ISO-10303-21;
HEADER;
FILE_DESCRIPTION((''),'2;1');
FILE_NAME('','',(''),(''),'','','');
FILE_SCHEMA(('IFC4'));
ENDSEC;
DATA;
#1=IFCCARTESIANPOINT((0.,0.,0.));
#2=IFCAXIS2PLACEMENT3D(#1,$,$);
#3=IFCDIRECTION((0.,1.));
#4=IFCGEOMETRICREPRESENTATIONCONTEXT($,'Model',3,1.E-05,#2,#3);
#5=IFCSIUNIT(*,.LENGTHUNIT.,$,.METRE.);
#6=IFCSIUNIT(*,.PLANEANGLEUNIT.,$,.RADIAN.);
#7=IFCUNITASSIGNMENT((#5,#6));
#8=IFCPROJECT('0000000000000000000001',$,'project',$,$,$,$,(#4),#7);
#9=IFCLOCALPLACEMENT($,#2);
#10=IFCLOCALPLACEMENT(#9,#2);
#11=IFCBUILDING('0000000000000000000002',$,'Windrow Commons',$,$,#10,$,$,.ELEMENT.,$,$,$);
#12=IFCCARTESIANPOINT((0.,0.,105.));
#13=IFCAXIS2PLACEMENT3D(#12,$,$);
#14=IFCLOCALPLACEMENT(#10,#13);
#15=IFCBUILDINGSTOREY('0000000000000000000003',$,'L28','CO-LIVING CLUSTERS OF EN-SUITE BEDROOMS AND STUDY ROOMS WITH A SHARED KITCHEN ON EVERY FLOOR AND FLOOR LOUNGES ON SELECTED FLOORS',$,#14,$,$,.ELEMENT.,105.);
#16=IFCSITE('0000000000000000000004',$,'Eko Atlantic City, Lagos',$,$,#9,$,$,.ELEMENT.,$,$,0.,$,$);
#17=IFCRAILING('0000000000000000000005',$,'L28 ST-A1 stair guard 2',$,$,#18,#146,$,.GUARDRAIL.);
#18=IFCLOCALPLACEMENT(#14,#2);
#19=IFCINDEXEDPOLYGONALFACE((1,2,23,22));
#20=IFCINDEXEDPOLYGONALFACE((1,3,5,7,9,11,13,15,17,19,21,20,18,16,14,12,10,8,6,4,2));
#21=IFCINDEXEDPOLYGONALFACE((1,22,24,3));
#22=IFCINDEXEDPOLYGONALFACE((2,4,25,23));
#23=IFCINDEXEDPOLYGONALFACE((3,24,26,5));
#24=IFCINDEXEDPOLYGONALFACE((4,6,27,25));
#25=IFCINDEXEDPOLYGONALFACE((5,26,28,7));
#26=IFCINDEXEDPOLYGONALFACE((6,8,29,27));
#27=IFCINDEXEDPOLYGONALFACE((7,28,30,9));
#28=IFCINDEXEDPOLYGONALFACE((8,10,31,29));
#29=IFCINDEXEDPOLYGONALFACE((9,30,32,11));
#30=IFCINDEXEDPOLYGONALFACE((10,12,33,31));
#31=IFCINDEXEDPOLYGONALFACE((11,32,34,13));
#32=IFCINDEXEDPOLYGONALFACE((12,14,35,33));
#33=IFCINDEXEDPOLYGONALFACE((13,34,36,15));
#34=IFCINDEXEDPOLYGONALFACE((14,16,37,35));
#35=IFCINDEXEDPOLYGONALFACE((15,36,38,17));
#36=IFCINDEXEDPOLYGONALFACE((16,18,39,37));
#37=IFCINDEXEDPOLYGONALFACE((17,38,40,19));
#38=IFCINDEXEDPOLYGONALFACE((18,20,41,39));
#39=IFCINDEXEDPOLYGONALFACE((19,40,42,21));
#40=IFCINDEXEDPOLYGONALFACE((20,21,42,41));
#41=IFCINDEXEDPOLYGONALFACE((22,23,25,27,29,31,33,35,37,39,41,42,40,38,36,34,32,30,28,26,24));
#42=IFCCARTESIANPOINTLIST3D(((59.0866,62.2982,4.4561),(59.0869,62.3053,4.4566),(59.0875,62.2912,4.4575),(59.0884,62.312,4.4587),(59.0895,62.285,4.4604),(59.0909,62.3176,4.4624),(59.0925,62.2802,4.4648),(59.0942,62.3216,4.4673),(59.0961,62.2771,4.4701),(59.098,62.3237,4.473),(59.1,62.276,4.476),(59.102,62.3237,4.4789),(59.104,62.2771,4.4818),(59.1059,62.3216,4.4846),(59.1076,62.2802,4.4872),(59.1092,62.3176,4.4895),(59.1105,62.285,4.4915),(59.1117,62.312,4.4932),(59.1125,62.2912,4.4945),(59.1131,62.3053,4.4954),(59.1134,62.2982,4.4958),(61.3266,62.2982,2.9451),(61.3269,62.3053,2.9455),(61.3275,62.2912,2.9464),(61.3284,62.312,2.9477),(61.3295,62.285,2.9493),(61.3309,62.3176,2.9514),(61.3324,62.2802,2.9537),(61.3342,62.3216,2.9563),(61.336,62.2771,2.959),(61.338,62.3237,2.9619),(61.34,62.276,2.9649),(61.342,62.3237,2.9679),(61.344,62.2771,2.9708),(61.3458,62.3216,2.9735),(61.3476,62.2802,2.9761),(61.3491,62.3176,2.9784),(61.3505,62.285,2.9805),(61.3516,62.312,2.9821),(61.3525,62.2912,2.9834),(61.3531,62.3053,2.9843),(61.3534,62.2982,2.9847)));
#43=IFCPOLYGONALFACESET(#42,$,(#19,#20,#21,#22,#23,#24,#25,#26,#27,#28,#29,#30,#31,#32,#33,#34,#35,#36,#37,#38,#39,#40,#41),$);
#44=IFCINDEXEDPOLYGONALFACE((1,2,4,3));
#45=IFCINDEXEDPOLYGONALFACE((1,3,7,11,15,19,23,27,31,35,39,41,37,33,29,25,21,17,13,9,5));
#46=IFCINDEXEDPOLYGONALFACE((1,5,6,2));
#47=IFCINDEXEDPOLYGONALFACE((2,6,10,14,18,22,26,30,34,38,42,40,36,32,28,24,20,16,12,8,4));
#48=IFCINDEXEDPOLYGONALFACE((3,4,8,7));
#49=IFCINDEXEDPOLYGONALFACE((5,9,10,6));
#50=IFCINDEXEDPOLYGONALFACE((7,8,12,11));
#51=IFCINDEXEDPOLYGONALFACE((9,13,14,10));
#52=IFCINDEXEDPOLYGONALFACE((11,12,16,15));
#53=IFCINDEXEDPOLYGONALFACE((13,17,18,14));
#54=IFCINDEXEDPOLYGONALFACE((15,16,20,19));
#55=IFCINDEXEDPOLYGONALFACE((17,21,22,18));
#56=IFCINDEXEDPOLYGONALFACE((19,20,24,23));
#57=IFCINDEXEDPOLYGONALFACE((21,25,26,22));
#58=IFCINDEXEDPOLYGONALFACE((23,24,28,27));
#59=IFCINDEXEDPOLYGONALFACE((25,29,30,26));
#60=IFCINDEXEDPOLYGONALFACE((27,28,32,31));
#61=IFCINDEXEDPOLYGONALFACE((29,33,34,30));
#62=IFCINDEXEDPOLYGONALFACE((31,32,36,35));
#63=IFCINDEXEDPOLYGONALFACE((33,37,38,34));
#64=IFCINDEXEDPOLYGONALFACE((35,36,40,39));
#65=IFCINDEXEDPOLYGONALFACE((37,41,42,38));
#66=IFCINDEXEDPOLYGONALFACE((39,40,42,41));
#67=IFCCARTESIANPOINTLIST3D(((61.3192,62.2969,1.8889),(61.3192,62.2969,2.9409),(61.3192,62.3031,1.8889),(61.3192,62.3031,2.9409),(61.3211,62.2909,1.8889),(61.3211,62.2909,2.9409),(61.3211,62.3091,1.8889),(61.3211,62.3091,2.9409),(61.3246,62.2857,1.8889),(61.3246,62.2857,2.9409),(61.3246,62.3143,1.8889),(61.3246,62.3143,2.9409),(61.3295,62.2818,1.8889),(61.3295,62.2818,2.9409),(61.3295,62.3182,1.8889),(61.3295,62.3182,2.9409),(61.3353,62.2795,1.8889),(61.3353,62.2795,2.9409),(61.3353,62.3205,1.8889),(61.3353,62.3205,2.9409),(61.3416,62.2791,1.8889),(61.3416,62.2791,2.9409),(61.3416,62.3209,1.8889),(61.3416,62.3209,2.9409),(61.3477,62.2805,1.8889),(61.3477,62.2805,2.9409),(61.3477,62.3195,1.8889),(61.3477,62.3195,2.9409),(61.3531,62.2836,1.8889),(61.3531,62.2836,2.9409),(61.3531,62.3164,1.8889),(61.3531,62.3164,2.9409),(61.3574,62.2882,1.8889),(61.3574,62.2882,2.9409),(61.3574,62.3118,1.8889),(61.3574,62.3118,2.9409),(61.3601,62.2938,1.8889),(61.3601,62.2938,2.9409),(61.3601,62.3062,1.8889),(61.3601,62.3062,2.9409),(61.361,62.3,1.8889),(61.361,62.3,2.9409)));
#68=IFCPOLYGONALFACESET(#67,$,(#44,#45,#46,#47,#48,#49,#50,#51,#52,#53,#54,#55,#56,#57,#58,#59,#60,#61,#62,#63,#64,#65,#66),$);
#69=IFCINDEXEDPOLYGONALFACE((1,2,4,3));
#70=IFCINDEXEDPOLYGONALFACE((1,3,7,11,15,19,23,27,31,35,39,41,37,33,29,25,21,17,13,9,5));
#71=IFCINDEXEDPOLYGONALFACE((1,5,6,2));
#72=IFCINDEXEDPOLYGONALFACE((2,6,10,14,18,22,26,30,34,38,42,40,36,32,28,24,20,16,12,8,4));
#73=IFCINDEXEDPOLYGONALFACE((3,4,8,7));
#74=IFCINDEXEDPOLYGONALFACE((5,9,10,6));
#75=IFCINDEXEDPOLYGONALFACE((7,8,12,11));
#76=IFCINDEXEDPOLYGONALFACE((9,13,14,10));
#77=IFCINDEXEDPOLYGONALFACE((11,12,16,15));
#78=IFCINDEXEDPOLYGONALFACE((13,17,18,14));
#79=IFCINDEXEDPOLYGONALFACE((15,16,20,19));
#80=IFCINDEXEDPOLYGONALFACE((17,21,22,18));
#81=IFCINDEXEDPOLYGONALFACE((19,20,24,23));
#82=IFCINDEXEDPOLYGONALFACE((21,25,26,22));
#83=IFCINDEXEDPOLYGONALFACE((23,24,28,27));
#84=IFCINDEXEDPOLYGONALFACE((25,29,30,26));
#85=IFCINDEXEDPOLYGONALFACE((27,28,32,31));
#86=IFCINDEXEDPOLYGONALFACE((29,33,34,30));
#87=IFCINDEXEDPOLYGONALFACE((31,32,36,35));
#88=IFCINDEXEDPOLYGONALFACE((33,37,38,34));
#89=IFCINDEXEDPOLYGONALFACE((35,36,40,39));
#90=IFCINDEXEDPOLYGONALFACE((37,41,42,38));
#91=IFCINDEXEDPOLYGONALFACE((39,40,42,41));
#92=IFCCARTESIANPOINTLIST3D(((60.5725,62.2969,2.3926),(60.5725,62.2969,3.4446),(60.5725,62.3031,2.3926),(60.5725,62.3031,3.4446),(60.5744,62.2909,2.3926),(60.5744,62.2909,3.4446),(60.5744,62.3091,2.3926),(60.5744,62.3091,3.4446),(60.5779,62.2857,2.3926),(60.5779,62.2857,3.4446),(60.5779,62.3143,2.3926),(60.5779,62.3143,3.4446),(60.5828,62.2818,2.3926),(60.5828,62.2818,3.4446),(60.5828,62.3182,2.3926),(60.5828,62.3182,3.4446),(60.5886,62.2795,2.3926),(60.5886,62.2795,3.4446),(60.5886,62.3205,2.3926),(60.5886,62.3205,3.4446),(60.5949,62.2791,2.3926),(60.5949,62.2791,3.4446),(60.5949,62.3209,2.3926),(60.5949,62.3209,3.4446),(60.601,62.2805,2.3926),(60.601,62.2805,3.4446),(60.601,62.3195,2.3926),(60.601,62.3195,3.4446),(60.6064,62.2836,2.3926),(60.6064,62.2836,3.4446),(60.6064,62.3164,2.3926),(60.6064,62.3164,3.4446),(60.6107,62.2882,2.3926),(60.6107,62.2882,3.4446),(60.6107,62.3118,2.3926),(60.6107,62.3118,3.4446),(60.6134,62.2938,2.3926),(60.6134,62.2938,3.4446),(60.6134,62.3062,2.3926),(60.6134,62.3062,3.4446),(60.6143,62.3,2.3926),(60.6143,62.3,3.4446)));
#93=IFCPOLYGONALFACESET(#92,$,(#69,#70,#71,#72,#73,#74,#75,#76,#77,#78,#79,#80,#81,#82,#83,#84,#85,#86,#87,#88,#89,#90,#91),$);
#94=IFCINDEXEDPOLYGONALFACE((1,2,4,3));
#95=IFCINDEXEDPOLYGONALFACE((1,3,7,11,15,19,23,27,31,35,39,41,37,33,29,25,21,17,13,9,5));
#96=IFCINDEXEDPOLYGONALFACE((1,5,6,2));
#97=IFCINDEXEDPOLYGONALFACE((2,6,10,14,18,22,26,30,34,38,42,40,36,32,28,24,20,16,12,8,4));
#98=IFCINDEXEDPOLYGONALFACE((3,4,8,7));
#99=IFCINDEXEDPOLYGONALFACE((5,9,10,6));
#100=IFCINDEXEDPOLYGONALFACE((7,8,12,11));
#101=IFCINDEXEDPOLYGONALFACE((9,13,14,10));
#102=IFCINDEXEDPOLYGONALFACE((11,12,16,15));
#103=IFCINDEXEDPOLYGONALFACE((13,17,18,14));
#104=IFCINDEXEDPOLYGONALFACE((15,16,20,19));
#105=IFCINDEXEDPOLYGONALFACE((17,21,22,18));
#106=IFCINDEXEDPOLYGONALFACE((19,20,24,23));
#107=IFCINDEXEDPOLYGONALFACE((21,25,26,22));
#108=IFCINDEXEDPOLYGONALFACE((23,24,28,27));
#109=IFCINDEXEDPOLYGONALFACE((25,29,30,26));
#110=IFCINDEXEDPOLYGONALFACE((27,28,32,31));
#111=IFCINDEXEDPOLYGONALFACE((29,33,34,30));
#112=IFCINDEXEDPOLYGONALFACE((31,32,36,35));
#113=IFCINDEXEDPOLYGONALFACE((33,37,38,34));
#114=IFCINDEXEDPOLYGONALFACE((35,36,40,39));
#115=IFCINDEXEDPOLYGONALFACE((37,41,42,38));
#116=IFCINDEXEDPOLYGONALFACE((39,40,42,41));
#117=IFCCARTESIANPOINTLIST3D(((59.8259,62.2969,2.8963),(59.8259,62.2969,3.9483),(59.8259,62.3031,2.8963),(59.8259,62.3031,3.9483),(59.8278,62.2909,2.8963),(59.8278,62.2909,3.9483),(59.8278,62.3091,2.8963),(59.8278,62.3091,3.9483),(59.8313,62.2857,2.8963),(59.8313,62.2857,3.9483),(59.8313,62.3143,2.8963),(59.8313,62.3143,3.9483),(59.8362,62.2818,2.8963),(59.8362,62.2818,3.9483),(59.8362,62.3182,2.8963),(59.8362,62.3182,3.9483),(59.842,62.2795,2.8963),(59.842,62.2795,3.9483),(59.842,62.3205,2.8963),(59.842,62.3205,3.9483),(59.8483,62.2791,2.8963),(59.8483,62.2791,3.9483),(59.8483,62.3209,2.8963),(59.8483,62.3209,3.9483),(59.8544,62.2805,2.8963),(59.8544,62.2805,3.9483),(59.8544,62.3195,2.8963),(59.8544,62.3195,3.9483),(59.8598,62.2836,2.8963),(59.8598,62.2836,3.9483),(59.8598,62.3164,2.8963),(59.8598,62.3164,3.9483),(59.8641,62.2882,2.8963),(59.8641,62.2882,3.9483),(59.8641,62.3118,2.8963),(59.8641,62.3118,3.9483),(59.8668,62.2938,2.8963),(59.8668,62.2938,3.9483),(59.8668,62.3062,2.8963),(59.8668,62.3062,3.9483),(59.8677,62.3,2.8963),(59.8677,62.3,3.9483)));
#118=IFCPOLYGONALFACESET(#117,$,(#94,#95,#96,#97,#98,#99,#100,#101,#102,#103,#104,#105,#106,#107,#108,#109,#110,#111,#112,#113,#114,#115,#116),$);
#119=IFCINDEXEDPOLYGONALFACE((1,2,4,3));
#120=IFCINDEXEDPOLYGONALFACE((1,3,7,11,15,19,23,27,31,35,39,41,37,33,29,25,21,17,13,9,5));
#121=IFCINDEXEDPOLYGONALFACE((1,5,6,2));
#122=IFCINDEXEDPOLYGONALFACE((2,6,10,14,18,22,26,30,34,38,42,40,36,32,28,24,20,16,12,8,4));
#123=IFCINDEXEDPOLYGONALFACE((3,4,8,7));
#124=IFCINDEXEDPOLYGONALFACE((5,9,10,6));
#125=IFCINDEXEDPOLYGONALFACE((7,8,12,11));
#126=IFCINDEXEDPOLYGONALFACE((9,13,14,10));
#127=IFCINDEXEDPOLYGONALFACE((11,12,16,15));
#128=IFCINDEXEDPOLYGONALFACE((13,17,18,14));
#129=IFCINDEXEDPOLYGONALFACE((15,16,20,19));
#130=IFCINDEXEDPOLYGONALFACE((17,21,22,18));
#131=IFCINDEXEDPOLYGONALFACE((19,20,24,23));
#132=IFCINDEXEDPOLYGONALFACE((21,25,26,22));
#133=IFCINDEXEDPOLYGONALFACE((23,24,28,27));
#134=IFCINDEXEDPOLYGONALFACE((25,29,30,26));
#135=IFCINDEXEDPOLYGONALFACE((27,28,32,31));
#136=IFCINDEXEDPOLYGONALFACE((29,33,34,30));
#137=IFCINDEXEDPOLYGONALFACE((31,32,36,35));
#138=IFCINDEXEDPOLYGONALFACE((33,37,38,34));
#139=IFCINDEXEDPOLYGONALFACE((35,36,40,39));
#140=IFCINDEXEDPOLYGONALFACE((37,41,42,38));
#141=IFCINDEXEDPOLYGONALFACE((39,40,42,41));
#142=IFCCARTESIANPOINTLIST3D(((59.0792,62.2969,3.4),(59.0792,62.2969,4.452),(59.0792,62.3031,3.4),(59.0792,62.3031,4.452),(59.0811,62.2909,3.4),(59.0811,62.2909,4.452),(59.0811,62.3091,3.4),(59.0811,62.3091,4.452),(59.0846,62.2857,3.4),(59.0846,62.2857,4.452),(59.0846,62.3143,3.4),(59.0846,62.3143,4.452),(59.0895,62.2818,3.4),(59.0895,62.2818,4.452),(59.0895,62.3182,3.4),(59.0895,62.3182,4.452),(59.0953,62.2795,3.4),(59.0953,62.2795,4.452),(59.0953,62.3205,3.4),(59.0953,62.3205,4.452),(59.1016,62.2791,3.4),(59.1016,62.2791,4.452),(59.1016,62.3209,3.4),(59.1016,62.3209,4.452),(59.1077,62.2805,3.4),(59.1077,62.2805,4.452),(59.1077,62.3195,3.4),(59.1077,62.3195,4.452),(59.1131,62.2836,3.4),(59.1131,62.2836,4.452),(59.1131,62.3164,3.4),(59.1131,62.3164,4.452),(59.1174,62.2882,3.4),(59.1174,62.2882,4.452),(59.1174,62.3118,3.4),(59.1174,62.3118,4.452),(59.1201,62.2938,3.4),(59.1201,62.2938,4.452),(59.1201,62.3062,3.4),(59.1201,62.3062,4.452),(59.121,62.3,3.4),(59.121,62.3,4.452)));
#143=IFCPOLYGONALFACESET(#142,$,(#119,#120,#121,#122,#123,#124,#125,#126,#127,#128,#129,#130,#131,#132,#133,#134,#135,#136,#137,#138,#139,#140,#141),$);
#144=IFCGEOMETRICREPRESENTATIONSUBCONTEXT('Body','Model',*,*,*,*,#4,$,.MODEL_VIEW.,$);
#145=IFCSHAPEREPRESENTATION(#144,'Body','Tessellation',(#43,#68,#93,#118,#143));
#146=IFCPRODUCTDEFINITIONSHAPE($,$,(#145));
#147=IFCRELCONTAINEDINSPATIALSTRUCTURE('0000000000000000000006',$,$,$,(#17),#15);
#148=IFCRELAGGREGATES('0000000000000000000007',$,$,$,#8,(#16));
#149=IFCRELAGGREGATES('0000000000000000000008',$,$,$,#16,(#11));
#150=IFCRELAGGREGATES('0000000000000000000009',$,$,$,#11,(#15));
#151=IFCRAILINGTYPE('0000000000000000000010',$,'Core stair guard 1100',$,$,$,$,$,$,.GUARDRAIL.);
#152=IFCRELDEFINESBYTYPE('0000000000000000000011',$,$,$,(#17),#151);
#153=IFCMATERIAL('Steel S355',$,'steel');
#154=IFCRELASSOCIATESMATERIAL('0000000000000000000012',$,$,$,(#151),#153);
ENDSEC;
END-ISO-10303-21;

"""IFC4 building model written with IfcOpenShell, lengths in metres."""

from ifc_helpers import new_model, si_unit, direction, frame, origin, origin_2d, place, context, subcontext, project, spatial, circle, extrude, material, type_object, element, save


model = new_model("IFC4")

# Units and contexts
model_context = context("Model", 3, precision=1e-05, world=origin(), true_north=direction((0.0, 1.0)))
body_context = subcontext(model_context, "Body", "Model", "MODEL_VIEW")
ifc_project = project(units=[si_unit("LENGTHUNIT", "METRE"), si_unit("PLANEANGLEUNIT", "RADIAN")], contexts=[model_context])

# Site, building, storey
site_placement = place(None, origin())
site = spatial("IfcSite", under=ifc_project, at=site_placement, Name="Eko Atlantic City, Lagos", CompositionType="ELEMENT", RefElevation=0.0)
building_placement = place(site_placement, origin())
building = spatial("IfcBuilding", under=site, at=building_placement, Name="Windrow Commons", CompositionType="ELEMENT")
storey_placement = place(building_placement, frame((0.0, 0.0, 105.0)))
storey = spatial("IfcBuildingStorey", under=building, at=storey_placement, Name="L28", Description="CO-LIVING CLUSTERS OF EN-SUITE BEDROOMS AND STUDY ROOMS WITH A SHARED KITCHEN ON EVERY FLOOR AND FLOOR LOUNGES ON SELECTED FLOORS", CompositionType="ELEMENT", Elevation=105.0)

# Railing
ifc_material_1 = material(Name="Steel S355", Category="steel")
railing_type_1 = type_object("IfcRailingType", Name="Core stair guard 1100", PredefinedType="GUARDRAIL", material=ifc_material_1)
for number, where, name in (
    (1, (61.34, 62.3, 1.8889), "L28 ST-A1 stair guard 2"),
):
    element("IfcRailing", number, at=place(storey_placement, frame(where)), inside=storey, type_object=railing_type_1, Name=name, PredefinedType="GUARDRAIL", context=body_context, shape_type="SweptSolid", body=[
        extrude(circle(Radius=0.024, at=origin_2d()), frame((0.0, 0.0, 1.076), z_axis=(-0.829003, 0.0, 0.559244), x_axis=(0.0, -1.0, 0.0)), (0.0, 0.0, 1.0), 2.702),
        extrude(circle(Radius=0.021, at=origin_2d()), origin(), (0.0, 0.0, 1.0), 1.052),
        extrude(circle(Radius=0.021, at=origin_2d()), frame((-0.7467, 0.0, 0.5037)), (0.0, 0.0, 1.0), 1.052),
        extrude(circle(Radius=0.021, at=origin_2d()), frame((-1.4933, 0.0, 1.0074)), (0.0, 0.0, 1.0), 1.052),
        extrude(circle(Radius=0.021, at=origin_2d()), frame((-2.24, 0.0, 1.5111)), (0.0, 0.0, 1.0), 1.052),
    ])

save(model, "model.ifc")
